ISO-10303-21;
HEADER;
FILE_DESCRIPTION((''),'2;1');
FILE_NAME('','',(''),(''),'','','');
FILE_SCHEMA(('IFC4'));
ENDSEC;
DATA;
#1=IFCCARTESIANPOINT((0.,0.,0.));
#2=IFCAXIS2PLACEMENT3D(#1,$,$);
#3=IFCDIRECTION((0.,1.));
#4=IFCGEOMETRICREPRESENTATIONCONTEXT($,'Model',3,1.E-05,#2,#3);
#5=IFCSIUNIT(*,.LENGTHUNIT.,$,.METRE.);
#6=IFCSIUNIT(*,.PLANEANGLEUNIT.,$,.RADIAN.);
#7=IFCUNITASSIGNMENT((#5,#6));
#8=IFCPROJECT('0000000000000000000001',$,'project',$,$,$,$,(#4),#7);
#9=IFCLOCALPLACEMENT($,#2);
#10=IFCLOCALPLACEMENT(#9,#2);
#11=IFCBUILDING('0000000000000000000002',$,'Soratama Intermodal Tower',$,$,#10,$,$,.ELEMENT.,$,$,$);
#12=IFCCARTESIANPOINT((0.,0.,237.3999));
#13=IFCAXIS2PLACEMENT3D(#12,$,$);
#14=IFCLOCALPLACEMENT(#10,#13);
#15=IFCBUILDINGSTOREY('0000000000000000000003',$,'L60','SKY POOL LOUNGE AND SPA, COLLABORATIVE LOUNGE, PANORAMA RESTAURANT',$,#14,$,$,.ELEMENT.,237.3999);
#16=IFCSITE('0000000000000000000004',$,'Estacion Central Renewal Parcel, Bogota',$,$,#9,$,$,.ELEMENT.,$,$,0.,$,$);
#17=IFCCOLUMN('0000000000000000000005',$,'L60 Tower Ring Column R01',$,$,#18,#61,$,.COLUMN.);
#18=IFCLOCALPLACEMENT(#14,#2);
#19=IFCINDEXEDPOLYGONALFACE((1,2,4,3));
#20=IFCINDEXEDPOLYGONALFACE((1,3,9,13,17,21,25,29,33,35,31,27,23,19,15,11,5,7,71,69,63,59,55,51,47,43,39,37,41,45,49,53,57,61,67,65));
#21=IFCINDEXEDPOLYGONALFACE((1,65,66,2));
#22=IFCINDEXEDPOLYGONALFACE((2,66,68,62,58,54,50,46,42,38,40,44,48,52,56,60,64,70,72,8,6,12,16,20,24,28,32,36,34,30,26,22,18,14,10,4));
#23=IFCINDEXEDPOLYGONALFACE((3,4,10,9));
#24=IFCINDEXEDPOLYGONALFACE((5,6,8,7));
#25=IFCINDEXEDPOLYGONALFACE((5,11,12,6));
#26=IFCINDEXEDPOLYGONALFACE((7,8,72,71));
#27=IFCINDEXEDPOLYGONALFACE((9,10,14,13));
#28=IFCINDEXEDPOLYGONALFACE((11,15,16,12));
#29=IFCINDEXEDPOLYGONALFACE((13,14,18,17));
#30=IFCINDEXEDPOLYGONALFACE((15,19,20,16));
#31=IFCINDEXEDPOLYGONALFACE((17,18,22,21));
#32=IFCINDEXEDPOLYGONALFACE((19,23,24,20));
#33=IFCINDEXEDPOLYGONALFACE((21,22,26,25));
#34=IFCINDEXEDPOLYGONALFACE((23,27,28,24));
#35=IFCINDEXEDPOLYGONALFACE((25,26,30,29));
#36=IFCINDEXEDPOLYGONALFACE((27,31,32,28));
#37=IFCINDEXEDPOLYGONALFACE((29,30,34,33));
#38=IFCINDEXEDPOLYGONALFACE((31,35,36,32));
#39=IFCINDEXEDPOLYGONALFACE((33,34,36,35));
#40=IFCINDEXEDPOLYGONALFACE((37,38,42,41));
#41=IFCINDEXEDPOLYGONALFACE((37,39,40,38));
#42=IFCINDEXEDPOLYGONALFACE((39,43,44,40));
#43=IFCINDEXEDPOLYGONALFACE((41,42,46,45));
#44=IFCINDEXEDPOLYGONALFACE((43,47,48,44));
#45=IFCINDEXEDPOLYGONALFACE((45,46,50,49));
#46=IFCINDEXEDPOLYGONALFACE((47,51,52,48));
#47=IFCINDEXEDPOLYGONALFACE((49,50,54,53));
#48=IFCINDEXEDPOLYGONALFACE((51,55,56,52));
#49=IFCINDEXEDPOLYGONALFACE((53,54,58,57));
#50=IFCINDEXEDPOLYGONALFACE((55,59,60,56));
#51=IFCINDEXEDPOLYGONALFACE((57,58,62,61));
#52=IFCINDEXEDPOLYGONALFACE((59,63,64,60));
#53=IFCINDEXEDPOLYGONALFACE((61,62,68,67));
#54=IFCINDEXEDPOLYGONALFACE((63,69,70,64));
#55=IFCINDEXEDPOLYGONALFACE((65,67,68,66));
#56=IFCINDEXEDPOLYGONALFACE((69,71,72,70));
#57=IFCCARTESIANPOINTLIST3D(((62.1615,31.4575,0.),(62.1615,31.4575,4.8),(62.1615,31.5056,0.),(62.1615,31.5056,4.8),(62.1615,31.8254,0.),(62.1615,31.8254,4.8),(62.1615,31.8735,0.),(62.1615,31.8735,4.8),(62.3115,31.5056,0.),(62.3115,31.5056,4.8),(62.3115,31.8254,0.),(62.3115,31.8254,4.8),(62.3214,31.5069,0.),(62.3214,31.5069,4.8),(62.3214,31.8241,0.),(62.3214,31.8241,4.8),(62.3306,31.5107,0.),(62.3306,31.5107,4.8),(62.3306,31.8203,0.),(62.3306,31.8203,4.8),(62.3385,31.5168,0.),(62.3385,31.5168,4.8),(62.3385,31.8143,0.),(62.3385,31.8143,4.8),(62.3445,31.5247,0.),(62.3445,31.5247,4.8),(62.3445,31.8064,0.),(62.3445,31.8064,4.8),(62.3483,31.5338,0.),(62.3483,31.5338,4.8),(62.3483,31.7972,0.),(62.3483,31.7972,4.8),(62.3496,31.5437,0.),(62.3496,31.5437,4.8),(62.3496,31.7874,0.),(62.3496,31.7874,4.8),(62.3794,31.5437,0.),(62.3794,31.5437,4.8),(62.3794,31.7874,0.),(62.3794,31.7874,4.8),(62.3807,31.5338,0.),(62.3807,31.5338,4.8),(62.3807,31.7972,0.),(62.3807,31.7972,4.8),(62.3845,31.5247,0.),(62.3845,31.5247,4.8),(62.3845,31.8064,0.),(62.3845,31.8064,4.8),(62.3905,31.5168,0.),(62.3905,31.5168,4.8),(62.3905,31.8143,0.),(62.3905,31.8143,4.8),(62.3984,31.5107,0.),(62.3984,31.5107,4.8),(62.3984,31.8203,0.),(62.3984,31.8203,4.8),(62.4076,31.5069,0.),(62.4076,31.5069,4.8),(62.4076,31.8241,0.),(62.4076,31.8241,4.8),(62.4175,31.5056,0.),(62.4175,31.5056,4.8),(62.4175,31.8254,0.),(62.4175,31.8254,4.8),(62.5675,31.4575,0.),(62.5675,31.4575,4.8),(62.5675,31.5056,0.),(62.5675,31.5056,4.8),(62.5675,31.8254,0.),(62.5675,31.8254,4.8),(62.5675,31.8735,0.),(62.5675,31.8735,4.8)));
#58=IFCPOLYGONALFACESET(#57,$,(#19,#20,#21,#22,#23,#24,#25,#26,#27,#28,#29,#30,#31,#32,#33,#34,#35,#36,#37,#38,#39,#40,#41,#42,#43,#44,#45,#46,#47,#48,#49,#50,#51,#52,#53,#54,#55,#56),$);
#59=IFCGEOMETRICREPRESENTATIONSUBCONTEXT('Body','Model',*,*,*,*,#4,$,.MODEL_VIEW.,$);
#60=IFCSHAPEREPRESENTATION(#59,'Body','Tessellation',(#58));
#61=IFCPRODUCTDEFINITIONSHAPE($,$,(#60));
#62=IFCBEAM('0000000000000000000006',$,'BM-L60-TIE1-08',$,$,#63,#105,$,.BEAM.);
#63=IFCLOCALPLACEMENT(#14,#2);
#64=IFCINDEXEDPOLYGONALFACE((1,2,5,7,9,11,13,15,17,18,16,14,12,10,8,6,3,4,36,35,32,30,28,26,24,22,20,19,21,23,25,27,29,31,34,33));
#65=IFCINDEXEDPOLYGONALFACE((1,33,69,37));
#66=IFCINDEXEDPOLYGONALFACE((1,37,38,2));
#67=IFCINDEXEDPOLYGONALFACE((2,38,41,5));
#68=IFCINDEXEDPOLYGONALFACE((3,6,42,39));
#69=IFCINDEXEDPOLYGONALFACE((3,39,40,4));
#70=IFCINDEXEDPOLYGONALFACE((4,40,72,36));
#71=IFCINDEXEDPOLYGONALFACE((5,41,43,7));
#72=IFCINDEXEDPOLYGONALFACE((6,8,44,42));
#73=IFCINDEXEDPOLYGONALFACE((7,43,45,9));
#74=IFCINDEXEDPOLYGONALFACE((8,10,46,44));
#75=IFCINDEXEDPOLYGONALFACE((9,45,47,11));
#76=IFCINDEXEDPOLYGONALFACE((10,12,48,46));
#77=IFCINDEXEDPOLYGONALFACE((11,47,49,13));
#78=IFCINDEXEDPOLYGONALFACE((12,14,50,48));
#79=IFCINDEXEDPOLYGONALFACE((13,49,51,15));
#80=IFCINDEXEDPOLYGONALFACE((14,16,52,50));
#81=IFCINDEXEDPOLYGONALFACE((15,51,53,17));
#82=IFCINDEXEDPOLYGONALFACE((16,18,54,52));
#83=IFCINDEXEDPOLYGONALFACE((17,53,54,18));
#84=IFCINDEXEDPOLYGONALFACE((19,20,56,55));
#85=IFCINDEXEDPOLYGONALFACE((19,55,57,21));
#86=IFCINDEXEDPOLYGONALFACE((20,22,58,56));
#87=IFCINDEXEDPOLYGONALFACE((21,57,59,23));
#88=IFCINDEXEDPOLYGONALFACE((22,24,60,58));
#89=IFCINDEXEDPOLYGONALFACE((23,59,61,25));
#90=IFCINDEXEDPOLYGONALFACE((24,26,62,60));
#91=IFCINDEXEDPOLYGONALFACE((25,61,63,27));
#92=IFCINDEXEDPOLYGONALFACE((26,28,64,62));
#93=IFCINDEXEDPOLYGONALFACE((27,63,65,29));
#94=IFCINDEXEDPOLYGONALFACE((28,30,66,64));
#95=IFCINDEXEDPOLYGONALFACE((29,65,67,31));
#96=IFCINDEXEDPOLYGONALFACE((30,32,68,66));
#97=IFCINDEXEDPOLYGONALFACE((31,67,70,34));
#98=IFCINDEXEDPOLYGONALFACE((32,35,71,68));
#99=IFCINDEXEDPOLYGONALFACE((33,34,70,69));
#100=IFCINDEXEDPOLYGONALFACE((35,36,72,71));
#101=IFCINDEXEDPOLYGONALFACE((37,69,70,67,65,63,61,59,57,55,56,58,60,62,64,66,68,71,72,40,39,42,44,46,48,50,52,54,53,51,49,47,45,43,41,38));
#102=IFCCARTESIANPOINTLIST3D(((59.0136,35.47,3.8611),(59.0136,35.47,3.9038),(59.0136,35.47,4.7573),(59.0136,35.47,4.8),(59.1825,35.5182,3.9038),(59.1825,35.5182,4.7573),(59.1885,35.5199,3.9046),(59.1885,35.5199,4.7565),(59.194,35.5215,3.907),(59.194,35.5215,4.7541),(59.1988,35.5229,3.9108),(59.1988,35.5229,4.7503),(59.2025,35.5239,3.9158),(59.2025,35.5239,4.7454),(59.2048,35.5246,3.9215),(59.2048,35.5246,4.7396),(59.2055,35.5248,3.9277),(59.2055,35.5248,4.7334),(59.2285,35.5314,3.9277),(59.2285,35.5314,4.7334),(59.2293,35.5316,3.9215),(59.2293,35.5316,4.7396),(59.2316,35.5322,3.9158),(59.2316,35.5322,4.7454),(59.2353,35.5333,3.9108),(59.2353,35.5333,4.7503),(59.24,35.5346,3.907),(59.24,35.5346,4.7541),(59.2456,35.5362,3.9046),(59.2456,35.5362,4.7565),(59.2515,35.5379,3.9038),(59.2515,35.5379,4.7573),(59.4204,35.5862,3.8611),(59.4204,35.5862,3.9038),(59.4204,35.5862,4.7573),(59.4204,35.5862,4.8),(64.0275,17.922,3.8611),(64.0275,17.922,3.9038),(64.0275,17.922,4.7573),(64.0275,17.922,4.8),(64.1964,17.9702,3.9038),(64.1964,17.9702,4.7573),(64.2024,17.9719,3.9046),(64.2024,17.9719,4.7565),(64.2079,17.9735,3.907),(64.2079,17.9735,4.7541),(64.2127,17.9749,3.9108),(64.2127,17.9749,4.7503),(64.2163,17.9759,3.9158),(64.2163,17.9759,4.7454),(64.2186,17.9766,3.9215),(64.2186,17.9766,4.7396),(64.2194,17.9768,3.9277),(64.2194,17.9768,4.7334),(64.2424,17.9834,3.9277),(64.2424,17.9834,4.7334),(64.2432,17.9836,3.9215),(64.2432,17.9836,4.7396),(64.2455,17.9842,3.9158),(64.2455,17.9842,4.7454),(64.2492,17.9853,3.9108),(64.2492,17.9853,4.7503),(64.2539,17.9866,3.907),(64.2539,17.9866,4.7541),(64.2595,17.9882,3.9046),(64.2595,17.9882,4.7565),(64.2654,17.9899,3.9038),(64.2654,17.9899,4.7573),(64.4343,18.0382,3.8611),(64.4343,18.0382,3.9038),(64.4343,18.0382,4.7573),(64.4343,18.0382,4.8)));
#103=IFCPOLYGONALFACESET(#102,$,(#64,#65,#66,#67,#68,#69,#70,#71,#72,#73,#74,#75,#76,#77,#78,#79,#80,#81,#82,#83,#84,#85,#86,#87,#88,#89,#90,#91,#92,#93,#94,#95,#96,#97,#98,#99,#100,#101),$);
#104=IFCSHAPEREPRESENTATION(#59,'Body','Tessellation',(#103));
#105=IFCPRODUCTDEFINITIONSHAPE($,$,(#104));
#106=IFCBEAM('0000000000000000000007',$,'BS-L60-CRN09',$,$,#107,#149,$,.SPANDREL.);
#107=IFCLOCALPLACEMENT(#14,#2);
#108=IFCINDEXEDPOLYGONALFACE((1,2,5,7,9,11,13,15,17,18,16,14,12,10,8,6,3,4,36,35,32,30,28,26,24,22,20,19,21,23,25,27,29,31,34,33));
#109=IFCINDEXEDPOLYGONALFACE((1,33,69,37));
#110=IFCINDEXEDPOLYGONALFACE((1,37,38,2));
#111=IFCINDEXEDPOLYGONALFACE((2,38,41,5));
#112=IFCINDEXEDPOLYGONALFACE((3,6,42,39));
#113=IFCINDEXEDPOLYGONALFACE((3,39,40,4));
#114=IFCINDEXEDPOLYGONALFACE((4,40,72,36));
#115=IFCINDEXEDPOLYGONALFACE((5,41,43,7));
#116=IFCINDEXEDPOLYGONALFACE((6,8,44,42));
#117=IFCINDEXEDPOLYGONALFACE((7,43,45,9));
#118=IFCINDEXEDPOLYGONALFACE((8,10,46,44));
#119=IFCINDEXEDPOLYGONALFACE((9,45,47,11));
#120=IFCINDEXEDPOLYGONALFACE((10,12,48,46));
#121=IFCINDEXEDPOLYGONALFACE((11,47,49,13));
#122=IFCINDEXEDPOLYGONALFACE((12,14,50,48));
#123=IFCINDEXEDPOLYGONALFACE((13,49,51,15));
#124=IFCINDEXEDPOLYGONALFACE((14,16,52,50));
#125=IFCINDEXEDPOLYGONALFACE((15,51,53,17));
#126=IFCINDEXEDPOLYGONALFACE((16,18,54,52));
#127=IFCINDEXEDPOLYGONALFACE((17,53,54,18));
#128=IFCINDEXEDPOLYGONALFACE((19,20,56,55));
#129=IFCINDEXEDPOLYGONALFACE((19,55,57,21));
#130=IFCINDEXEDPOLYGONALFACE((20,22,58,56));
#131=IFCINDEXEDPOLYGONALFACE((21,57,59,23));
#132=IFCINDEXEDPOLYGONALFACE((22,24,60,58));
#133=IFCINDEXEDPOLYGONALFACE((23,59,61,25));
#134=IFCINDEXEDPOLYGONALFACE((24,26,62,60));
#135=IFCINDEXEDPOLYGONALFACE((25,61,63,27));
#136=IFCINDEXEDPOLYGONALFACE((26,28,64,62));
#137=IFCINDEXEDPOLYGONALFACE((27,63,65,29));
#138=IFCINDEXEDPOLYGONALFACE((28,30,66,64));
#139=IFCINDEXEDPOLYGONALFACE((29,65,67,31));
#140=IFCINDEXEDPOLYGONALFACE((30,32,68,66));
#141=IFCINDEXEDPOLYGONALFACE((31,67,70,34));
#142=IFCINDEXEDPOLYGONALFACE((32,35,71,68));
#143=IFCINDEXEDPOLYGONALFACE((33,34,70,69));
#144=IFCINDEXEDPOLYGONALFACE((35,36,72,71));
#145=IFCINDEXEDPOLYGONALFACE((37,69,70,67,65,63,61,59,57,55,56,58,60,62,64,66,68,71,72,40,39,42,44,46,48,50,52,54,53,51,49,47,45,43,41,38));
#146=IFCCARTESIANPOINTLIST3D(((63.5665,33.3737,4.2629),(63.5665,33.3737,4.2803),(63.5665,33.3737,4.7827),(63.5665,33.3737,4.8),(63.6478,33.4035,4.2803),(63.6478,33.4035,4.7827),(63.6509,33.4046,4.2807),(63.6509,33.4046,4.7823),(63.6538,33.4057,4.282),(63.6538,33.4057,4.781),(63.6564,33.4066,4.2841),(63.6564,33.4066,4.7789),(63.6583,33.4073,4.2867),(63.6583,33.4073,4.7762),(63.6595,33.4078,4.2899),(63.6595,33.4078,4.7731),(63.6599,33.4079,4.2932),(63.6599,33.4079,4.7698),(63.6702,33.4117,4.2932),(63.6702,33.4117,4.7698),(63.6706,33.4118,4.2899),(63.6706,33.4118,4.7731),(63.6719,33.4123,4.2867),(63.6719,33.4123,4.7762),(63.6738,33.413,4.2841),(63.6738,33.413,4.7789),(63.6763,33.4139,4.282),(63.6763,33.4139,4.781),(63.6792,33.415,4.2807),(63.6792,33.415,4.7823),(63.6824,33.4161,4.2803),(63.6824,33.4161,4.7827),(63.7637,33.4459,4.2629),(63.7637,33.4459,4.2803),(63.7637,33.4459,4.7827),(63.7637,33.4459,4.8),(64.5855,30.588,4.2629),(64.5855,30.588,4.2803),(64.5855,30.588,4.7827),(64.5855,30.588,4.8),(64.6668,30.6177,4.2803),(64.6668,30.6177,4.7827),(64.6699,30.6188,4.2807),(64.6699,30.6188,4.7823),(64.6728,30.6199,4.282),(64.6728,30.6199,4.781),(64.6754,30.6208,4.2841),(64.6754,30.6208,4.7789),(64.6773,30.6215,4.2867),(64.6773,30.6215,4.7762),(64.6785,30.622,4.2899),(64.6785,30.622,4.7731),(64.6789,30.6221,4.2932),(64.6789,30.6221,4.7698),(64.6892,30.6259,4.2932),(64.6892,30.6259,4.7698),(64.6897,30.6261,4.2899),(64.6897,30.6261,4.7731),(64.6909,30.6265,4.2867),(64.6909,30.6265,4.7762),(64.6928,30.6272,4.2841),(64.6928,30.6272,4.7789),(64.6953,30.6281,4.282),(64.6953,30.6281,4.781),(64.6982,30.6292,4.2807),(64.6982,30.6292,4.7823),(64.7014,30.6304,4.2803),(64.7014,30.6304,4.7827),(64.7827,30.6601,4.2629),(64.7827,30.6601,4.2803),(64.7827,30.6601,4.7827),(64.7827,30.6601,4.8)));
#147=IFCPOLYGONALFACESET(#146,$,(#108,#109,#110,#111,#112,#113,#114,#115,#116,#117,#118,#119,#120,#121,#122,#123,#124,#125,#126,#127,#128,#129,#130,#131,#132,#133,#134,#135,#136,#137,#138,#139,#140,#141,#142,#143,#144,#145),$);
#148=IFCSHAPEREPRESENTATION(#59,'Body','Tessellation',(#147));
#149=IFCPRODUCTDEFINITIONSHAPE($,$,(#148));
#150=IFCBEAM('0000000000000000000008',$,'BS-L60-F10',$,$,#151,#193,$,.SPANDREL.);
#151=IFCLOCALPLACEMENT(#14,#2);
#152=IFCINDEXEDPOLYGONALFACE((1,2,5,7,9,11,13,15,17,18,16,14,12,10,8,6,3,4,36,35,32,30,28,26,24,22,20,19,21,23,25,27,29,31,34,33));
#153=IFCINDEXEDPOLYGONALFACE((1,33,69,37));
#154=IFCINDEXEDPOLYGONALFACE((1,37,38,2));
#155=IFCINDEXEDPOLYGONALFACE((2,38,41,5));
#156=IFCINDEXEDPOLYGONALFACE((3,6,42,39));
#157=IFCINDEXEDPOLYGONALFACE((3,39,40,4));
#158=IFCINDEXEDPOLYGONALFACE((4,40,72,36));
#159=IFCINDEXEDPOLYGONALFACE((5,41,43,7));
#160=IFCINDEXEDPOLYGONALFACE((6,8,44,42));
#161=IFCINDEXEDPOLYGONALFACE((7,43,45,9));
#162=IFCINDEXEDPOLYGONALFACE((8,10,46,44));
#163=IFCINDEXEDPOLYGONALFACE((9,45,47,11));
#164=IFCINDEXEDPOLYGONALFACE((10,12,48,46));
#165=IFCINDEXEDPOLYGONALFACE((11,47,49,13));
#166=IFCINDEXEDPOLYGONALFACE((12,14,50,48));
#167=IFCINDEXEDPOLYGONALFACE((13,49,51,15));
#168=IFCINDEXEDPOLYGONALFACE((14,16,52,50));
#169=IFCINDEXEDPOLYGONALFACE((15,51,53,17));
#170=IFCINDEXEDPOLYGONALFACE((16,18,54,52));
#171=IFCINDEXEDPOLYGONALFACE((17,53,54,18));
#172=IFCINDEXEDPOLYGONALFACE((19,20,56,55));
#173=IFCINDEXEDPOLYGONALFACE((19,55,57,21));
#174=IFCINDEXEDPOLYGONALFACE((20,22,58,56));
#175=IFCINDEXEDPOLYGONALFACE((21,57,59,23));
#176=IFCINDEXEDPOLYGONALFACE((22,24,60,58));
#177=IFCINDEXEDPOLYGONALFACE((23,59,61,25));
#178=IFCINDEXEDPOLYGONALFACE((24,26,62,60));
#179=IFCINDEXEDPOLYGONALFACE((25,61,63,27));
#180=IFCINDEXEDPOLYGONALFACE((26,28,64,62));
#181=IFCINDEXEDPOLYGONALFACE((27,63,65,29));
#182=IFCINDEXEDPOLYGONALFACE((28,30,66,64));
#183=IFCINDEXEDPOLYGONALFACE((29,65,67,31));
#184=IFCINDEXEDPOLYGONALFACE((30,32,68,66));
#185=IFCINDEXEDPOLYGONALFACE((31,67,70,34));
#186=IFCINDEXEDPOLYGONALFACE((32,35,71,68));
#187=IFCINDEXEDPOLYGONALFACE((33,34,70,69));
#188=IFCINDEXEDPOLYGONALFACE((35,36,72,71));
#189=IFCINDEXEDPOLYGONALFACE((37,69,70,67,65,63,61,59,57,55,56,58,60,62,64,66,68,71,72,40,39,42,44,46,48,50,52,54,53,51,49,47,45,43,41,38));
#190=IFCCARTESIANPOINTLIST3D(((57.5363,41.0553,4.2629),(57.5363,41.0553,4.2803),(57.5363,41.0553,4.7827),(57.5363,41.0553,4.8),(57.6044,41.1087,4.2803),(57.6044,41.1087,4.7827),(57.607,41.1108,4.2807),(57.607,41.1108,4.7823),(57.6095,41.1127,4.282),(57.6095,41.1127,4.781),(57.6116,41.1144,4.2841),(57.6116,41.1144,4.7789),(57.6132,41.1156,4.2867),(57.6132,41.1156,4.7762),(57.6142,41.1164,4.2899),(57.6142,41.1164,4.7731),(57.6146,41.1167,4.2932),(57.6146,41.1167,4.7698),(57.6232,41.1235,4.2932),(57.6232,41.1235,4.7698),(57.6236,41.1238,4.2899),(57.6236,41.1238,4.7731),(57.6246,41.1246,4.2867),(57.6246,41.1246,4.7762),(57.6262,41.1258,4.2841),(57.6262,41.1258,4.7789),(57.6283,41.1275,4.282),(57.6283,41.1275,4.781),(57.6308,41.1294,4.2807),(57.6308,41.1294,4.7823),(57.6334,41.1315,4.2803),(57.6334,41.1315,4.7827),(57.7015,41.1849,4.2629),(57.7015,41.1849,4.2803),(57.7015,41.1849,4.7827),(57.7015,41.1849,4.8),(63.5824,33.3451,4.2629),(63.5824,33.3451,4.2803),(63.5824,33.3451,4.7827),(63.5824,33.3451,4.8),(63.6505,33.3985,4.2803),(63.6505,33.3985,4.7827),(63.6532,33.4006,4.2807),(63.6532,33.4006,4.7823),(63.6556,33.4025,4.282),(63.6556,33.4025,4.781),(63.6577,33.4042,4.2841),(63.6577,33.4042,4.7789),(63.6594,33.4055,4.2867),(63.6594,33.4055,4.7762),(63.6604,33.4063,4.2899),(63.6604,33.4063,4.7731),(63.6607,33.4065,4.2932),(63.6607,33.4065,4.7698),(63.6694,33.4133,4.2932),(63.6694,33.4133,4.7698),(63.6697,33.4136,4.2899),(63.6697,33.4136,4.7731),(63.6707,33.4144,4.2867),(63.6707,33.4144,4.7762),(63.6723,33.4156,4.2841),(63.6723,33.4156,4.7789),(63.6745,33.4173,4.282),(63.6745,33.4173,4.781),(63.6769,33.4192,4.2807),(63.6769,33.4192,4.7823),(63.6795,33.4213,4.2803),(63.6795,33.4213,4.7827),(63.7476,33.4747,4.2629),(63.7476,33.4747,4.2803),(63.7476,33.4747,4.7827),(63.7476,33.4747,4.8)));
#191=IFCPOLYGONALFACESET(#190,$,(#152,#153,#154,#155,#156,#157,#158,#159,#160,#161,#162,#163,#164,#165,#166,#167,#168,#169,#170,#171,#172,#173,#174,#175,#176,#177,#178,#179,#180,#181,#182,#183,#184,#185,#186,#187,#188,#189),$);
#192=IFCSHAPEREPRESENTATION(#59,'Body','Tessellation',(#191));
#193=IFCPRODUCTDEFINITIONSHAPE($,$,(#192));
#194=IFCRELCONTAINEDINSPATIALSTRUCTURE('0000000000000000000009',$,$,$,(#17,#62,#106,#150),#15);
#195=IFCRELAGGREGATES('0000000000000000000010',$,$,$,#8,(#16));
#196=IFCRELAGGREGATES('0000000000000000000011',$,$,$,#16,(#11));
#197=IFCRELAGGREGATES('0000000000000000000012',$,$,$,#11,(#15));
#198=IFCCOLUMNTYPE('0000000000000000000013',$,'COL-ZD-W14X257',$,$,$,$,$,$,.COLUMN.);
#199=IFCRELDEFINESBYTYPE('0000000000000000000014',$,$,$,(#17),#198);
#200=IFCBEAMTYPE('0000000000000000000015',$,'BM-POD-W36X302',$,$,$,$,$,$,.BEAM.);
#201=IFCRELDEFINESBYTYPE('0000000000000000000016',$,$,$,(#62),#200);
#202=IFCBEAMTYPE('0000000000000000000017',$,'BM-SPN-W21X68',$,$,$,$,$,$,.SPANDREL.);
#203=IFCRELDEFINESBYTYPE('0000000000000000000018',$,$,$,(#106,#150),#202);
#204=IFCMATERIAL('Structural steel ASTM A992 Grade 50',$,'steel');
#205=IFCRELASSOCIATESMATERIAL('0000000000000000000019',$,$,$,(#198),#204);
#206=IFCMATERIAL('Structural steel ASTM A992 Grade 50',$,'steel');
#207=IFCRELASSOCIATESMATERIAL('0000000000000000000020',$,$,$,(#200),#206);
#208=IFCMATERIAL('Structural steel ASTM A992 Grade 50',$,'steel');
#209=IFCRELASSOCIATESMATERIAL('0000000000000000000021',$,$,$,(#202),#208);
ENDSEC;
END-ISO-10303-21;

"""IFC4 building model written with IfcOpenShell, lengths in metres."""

from ifc_helpers import new_model, si_unit, direction, frame, origin, origin_2d, place, context, subcontext, project, spatial, i_section, extrude, material, material_profile, profile_set, type_object, element, save


model = new_model("IFC4")

# Units and contexts
model_context = context("Model", 3, precision=1e-05, world=origin(), true_north=direction((0.0, 1.0)))
body_context = subcontext(model_context, "Body", "Model", "MODEL_VIEW")
ifc_project = project(units=[si_unit("LENGTHUNIT", "METRE"), si_unit("PLANEANGLEUNIT", "RADIAN")], contexts=[model_context])

# Site, building, storey
site_placement = place(None, origin())
site = spatial("IfcSite", under=ifc_project, at=site_placement, Name="Estacion Central Renewal Parcel, Bogota", CompositionType="ELEMENT", RefElevation=0.0)
building_placement = place(site_placement, origin())
building = spatial("IfcBuilding", under=site, at=building_placement, Name="Soratama Intermodal Tower", CompositionType="ELEMENT")
storey_placement = place(building_placement, frame((0.0, 0.0, 237.3999)))
storey = spatial("IfcBuildingStorey", under=building, at=storey_placement, Name="L60", Description="SKY POOL LOUNGE AND SPA, COLLABORATIVE LOUNGE, PANORAMA RESTAURANT", CompositionType="ELEMENT", Elevation=237.3999)

# Column
ifc_material_1 = material(Name="Structural steel ASTM A992 Grade 50", Category="steel")
ifc_material_profile_1 = material_profile(ifc_material_1, i_section(OverallWidth=0.406, OverallDepth=0.416, WebThickness=0.0298, FlangeThickness=0.0481, FilletRadius=0.0381, at=origin_2d()), Name="W14X257")
ifc_profile_set_1 = profile_set([ifc_material_profile_1], Name="Structural steel ASTM A992 Grade 50")
column_type = type_object("IfcColumnType", Name="COL-ZD-W14X257", PredefinedType="COLUMN", material=ifc_profile_set_1)
column_placement = place(storey_placement, frame((62.3645, 31.6655, 0.0), z_axis=(0.0, 0.0, 1.0), x_axis=(1.0, 0.0, 0.0)))
element("IfcColumn", 1, at=column_placement, inside=storey, type_object=column_type, Name="L60 Tower Ring Column R01", PredefinedType="COLUMN", context=body_context, shape_type="SweptSolid", body=[
    extrude(i_section(OverallWidth=0.406, OverallDepth=0.416, WebThickness=0.0298, FlangeThickness=0.0481, FilletRadius=0.0381, at=origin_2d()), origin(), (0.0, 0.0, 1.0), 4.8),
])

# Beams
ifc_material_2 = material(Name="Structural steel ASTM A992 Grade 50", Category="steel")
ifc_material_profile_2 = material_profile(ifc_material_2, i_section(OverallWidth=0.4231, OverallDepth=0.939, WebThickness=0.0239, FlangeThickness=0.0427, FilletRadius=0.0239, at=origin_2d()), Name="W36X302")
ifc_profile_set_2 = profile_set([ifc_material_profile_2], Name="Structural steel ASTM A992 Grade 50")
beam_type_1 = type_object("IfcBeamType", Name="BM-POD-W36X302", PredefinedType="BEAM", material=ifc_profile_set_2)
beam_1_placement = place(storey_placement, frame((59.217, 35.5281, 4.3306), z_axis=(0.27473, -0.961521, 0.0), x_axis=(0.961521, 0.27473, 0.0)))
element("IfcBeam", 2, at=beam_1_placement, inside=storey, type_object=beam_type_1, Name="BM-L60-TIE1-08", PredefinedType="BEAM", context=body_context, shape_type="SweptSolid", body=[
    extrude(i_section(OverallWidth=0.4231, OverallDepth=0.939, WebThickness=0.0239, FlangeThickness=0.0427, FilletRadius=0.0239, at=origin_2d()), origin(), (0.0, 0.0, 1.0), 18.2502),
])
ifc_material_3 = material(Name="Structural steel ASTM A992 Grade 50", Category="steel")
ifc_material_profile_3 = material_profile(ifc_material_3, i_section(OverallWidth=0.21, OverallDepth=0.5371, WebThickness=0.011, FlangeThickness=0.0173, FilletRadius=0.0129, at=origin_2d()), Name="W21X68")
ifc_profile_set_3 = profile_set([ifc_material_profile_3], Name="Structural steel ASTM A992 Grade 50")
beam_type_2 = type_object("IfcBeamType", Name="BM-SPN-W21X68", PredefinedType="SPANDREL", material=ifc_profile_set_3)
beam_2_placement = place(storey_placement, frame((64.6841, 30.624, 4.5315), z_axis=(-0.343527, 0.939143, 0.0), x_axis=(-0.939143, -0.343527, 0.0)))
element("IfcBeam", 3, at=beam_2_placement, inside=storey, type_object=beam_type_2, Name="BS-L60-CRN09", PredefinedType="SPANDREL", context=body_context, shape_type="SweptSolid", body=[
    extrude(i_section(OverallWidth=0.21, OverallDepth=0.5371, WebThickness=0.011, FlangeThickness=0.0173, FilletRadius=0.0129, at=origin_2d()), origin(), (0.0, 0.0, 1.0), 2.9663),
])
beam_3_placement = place(storey_placement, frame((63.665, 33.4099, 4.5315), z_axis=(-0.617072, 0.786907, 0.0), x_axis=(-0.786907, -0.617072, 0.0)))
element("IfcBeam", 4, at=beam_3_placement, inside=storey, type_object=beam_type_2, Name="BS-L60-F10", PredefinedType="SPANDREL", context=body_context, shape_type="SweptSolid", body=[
    extrude(i_section(OverallWidth=0.21, OverallDepth=0.5371, WebThickness=0.011, FlangeThickness=0.0173, FilletRadius=0.0129, at=origin_2d()), origin(), (0.0, 0.0, 1.0), 9.7981),
])

save(model, "model.ifc")
